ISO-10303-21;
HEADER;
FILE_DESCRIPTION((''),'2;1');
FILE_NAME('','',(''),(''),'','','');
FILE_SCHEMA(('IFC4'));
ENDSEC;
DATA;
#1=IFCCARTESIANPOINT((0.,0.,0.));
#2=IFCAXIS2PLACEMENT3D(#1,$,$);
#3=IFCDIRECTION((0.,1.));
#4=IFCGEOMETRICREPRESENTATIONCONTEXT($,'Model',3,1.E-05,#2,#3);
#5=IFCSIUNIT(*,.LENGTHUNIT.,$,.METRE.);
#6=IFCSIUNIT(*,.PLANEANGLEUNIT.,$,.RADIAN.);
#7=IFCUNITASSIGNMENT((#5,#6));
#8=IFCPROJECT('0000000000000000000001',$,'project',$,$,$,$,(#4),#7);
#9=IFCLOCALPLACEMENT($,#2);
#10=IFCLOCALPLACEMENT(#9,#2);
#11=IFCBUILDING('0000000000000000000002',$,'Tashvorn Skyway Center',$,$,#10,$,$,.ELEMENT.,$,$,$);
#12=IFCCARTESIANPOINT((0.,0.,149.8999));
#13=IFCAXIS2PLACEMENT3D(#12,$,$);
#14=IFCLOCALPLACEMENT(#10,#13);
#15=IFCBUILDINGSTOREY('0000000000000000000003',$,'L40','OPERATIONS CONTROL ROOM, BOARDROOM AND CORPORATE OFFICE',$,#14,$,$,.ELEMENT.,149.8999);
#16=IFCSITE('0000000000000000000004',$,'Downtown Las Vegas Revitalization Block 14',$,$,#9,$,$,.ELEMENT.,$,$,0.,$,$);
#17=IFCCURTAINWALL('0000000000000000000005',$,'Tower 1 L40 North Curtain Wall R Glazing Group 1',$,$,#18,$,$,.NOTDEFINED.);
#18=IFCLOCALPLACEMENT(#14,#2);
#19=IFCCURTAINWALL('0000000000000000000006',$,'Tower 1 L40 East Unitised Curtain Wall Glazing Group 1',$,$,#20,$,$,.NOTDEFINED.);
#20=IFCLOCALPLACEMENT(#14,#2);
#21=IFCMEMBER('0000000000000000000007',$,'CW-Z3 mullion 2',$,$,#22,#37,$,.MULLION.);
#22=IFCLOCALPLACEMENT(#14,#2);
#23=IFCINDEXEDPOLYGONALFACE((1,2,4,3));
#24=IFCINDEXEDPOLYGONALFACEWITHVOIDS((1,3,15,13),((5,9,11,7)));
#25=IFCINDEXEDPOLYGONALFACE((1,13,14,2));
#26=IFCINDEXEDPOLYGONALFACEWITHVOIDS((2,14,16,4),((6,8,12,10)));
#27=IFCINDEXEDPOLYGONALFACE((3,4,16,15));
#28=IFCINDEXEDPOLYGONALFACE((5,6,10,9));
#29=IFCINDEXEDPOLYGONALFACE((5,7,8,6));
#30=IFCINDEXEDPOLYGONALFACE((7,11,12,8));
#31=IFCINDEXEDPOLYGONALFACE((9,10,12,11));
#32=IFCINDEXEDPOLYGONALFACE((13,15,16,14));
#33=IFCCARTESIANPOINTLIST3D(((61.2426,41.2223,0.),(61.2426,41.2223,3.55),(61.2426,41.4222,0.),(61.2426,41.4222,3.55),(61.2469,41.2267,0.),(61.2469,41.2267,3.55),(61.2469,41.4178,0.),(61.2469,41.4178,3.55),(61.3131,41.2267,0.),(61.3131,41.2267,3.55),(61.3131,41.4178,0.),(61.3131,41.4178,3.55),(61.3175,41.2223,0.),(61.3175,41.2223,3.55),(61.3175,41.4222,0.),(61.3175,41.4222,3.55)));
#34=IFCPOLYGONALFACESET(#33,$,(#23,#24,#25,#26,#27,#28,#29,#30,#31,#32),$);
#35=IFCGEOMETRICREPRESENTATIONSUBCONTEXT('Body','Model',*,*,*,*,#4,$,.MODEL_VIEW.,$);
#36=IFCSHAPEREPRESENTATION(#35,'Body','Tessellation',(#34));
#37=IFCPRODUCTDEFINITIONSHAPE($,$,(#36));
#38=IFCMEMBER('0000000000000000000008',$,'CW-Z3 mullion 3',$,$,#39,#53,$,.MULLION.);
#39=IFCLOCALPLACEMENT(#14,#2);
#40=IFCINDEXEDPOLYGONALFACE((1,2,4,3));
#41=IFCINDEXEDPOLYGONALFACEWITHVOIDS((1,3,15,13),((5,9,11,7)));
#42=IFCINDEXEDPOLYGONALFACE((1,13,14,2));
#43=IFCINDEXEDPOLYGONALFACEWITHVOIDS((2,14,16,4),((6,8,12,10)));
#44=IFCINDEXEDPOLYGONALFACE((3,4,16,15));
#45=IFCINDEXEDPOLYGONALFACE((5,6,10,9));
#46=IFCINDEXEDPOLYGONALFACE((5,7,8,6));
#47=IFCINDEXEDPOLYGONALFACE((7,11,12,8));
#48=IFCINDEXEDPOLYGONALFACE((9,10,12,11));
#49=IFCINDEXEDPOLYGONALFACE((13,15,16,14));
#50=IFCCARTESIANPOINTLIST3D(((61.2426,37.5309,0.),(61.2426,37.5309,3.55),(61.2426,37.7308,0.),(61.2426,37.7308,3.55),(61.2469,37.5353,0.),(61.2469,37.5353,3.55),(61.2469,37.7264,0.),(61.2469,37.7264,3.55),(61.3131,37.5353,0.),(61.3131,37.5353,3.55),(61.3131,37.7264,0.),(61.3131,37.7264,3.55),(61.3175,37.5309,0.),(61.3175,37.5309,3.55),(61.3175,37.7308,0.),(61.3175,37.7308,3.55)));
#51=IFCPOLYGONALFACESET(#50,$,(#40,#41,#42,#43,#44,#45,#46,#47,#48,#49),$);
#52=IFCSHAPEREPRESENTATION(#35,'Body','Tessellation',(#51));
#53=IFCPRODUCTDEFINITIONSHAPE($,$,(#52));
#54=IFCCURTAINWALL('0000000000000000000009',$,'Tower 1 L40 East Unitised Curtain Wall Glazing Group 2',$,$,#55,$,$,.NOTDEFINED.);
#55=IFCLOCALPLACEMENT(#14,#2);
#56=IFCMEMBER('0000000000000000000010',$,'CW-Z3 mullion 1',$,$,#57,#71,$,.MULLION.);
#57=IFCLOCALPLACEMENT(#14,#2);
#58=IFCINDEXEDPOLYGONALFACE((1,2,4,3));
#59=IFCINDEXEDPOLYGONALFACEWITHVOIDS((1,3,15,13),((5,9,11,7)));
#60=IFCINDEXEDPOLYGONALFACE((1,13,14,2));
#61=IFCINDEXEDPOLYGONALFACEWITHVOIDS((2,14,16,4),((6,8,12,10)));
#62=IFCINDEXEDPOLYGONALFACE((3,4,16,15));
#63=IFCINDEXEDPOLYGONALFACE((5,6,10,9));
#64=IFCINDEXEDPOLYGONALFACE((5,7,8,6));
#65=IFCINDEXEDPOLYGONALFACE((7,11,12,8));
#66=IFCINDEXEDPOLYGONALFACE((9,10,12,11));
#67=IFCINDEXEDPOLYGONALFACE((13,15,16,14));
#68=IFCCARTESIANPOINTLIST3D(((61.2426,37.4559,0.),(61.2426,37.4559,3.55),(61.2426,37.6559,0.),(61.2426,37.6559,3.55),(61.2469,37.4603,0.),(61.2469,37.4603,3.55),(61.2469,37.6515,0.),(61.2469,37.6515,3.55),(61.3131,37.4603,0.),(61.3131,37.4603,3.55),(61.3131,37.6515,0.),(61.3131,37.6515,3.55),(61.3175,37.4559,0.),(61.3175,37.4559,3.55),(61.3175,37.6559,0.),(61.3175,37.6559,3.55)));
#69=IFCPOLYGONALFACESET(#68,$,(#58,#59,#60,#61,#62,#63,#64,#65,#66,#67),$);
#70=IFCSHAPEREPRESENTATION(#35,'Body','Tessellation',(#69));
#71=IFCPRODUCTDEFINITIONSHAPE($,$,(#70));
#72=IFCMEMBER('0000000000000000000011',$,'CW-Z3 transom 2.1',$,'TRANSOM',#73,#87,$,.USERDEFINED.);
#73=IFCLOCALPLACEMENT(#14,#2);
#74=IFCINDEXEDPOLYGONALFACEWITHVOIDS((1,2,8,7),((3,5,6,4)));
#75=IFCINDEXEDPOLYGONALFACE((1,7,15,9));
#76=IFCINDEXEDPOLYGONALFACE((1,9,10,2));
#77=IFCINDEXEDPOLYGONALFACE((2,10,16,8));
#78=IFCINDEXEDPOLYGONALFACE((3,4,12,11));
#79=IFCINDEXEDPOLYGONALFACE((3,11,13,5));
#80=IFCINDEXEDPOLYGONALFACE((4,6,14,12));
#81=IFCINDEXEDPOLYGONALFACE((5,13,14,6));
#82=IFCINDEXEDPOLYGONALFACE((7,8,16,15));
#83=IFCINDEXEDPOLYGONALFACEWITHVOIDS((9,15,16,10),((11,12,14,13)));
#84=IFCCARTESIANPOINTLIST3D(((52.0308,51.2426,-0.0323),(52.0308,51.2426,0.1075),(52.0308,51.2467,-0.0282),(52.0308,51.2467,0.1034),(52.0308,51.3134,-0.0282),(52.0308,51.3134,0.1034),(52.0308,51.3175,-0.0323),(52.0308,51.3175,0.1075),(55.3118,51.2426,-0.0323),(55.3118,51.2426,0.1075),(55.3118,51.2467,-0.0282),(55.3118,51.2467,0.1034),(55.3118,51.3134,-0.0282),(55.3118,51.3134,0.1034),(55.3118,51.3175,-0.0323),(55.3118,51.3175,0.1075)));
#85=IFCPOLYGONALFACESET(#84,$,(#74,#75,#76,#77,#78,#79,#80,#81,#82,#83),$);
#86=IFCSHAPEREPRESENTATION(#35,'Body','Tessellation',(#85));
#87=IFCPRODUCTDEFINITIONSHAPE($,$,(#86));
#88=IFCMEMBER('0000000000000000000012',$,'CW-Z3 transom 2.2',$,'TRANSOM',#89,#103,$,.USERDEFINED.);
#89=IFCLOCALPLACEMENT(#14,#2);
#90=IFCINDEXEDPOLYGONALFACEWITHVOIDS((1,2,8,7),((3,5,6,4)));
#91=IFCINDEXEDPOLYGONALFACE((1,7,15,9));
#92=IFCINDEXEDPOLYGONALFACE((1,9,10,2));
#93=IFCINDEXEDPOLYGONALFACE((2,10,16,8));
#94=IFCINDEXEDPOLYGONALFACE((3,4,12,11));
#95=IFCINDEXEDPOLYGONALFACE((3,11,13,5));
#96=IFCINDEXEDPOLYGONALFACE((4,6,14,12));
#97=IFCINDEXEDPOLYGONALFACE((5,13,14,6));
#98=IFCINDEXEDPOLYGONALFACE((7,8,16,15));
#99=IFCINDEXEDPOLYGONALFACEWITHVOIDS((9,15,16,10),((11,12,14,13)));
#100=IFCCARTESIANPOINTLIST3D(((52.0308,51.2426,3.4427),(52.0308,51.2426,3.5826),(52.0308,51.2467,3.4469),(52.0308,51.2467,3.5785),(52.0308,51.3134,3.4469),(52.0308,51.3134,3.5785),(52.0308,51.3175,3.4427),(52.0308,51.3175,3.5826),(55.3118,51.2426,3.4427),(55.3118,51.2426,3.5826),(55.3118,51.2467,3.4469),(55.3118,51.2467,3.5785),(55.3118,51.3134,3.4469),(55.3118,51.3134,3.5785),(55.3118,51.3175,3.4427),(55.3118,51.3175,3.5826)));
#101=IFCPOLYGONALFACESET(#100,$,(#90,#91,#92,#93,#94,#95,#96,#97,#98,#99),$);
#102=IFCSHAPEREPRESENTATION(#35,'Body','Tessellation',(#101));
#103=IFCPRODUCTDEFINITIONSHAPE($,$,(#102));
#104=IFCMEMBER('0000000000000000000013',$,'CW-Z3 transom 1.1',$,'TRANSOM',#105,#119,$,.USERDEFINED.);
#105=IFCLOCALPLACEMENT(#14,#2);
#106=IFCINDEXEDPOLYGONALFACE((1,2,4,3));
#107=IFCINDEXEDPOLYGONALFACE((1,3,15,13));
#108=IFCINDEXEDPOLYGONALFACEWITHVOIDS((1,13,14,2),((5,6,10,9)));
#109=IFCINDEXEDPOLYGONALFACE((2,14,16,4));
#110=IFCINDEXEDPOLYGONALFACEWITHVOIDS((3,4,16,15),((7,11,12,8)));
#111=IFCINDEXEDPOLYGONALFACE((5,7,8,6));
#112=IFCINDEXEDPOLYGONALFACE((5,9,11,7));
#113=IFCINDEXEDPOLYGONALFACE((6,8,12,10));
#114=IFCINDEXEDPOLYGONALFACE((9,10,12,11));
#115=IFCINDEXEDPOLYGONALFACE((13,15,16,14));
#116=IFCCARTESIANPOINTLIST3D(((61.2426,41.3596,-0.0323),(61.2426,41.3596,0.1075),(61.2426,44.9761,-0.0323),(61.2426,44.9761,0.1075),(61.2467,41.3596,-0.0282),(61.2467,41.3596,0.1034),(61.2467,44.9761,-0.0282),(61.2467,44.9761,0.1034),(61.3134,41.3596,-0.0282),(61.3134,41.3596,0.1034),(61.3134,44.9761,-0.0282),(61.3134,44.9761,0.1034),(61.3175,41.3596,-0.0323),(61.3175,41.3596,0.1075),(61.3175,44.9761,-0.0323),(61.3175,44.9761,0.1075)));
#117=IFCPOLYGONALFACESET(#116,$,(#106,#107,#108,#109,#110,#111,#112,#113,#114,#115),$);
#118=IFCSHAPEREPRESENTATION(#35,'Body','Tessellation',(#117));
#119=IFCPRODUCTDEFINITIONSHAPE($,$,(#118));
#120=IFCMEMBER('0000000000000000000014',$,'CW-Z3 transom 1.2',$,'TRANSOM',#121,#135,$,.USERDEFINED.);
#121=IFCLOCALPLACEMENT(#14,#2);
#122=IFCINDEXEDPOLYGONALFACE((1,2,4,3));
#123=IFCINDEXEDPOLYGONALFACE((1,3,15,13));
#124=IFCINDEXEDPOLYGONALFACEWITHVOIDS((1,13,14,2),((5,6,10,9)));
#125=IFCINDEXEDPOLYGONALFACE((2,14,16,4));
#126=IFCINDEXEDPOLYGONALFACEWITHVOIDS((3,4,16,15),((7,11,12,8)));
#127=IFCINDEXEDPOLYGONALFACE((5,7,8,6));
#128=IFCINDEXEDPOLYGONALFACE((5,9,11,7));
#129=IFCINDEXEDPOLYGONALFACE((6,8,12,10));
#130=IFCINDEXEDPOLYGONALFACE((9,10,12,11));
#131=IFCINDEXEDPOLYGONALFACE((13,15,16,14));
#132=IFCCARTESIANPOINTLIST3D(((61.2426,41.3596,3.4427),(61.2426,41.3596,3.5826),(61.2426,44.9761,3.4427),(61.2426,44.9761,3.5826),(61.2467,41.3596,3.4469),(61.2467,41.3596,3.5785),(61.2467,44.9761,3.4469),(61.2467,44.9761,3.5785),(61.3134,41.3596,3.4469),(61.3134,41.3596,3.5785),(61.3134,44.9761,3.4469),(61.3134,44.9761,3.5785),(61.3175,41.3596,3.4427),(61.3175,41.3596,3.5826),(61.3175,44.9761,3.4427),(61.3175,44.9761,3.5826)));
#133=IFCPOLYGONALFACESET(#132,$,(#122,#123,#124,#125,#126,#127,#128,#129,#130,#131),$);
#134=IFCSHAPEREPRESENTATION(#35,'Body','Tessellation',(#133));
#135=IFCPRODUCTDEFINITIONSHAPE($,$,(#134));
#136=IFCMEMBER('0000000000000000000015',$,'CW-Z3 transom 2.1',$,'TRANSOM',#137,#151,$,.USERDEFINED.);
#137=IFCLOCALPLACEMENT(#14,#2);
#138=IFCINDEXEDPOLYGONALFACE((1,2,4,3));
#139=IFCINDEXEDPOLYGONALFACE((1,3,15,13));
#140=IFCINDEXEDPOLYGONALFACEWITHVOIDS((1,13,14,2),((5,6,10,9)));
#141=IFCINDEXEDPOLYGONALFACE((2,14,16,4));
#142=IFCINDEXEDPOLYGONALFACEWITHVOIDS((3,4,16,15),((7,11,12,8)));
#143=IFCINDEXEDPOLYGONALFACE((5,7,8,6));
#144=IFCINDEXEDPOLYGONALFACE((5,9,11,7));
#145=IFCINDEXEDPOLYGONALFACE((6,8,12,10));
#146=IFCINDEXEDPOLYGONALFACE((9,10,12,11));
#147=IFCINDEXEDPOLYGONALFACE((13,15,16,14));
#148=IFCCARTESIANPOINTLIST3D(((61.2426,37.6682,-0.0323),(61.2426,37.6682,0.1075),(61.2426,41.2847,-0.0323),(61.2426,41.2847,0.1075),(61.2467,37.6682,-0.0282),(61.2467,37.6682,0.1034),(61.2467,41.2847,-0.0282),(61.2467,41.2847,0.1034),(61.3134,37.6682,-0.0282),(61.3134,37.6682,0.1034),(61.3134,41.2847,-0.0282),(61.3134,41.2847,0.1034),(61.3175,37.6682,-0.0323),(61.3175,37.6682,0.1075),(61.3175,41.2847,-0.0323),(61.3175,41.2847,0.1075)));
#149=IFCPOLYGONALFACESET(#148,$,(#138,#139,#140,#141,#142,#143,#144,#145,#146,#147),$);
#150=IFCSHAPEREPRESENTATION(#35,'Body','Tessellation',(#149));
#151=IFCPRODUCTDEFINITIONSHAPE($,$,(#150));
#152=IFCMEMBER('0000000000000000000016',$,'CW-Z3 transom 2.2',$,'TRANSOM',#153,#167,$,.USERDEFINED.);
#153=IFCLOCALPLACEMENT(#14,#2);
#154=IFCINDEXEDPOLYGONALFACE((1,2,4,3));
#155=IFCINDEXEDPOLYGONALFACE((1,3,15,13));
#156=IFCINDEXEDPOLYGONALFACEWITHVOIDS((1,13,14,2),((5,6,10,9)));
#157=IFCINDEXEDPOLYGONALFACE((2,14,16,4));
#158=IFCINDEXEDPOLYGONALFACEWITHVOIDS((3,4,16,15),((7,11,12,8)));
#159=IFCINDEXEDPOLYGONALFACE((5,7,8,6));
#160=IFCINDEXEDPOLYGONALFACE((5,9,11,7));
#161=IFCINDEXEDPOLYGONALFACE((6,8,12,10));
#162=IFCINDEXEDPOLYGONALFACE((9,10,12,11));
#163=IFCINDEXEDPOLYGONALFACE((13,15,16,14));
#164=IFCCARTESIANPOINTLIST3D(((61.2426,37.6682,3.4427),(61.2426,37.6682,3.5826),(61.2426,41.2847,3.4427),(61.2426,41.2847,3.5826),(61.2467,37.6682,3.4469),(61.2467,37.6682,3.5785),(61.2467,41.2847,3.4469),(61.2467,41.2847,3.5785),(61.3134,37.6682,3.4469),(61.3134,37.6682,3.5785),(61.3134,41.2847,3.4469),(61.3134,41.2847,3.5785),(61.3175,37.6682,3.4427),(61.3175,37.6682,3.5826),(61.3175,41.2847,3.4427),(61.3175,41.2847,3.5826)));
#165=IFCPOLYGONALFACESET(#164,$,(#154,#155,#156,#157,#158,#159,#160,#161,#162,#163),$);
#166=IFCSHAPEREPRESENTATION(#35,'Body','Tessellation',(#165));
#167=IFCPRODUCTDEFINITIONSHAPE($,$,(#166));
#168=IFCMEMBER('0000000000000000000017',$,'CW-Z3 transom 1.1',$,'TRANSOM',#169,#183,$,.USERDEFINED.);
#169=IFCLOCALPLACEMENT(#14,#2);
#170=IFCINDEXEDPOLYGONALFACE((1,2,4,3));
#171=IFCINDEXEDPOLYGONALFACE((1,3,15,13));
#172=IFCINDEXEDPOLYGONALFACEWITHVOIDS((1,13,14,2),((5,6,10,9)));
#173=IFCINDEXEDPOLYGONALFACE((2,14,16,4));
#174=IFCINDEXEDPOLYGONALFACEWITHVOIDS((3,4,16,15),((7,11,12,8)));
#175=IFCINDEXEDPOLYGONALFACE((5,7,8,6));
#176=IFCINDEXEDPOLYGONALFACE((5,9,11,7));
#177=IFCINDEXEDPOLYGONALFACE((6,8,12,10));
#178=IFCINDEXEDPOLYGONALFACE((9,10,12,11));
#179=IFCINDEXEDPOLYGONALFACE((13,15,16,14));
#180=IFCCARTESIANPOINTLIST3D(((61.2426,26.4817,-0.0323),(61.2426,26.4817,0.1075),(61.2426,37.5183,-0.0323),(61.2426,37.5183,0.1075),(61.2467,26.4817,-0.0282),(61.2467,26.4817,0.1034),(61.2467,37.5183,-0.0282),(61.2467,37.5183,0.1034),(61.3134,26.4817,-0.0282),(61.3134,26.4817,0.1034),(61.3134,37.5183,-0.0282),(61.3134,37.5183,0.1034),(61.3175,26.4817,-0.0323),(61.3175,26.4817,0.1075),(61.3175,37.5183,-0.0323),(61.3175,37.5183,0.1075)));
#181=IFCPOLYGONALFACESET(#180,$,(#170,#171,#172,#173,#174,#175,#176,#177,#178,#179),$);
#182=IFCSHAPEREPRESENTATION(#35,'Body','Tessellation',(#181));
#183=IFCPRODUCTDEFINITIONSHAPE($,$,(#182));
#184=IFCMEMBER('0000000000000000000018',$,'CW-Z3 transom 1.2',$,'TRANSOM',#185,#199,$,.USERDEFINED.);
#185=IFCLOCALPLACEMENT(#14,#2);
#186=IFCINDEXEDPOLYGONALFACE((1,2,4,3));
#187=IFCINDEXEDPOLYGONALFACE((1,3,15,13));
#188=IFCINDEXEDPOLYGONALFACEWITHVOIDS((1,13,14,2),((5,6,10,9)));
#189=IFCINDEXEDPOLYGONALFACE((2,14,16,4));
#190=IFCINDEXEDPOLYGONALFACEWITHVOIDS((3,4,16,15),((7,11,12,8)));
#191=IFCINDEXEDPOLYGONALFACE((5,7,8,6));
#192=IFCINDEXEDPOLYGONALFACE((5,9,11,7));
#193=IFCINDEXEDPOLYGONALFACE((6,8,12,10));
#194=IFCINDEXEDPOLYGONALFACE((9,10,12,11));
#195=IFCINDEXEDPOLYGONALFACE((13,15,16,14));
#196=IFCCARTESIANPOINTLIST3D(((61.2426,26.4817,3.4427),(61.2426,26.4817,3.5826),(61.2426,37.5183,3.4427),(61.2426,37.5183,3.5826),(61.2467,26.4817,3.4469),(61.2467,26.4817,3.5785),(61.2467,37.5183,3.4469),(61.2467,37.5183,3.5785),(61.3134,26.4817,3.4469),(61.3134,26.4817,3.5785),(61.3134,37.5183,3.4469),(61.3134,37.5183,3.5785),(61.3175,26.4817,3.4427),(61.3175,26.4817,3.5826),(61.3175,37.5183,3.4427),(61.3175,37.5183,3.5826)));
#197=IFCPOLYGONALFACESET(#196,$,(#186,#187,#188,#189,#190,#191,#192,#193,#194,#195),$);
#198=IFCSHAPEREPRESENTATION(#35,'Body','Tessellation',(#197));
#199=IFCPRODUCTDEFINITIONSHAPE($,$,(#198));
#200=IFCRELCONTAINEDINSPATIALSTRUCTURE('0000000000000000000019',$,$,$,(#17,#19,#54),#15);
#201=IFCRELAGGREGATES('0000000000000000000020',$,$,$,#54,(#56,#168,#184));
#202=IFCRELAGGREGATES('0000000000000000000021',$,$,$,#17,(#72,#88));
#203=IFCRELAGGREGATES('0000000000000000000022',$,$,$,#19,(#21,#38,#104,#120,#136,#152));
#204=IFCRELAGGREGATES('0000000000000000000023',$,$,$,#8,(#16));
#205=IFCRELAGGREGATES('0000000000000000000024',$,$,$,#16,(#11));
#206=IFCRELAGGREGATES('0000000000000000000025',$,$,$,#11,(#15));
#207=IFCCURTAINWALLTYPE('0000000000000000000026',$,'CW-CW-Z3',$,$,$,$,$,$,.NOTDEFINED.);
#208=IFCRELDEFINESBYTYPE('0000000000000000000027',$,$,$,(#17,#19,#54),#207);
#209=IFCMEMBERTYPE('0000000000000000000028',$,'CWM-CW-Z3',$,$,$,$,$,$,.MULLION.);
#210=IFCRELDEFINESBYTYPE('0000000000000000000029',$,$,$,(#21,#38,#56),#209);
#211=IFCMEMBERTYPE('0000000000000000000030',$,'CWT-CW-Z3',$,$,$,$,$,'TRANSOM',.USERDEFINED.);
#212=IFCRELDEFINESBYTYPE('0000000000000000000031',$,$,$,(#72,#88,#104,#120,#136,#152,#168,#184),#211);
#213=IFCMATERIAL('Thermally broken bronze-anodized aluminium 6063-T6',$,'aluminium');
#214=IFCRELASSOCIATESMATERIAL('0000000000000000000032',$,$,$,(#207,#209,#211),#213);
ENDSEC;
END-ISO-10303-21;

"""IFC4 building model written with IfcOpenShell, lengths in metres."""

from ifc_helpers import new_model, si_unit, direction, frame, origin, origin_2d, place, context, subcontext, project, spatial, hollow_rectangle, extrude, material, material_profile, profile_set, type_object, element, aggregate, save


model = new_model("IFC4")

# Units and contexts
model_context = context("Model", 3, precision=1e-05, world=origin(), true_north=direction((0.0, 1.0)))
body_context = subcontext(model_context, "Body", "Model", "MODEL_VIEW")
ifc_project = project(units=[si_unit("LENGTHUNIT", "METRE"), si_unit("PLANEANGLEUNIT", "RADIAN")], contexts=[model_context])

# Site, building, storey
site_placement = place(None, origin())
site = spatial("IfcSite", under=ifc_project, at=site_placement, Name="Downtown Las Vegas Revitalization Block 14", CompositionType="ELEMENT", RefElevation=0.0)
building_placement = place(site_placement, origin())
building = spatial("IfcBuilding", under=site, at=building_placement, Name="Tashvorn Skyway Center", CompositionType="ELEMENT")
storey_placement = place(building_placement, frame((0.0, 0.0, 149.8999)))
storey = spatial("IfcBuildingStorey", under=building, at=storey_placement, Name="L40", Description="OPERATIONS CONTROL ROOM, BOARDROOM AND CORPORATE OFFICE", CompositionType="ELEMENT", Elevation=149.8999)

# Curtain walls, members
ifc_material_1 = material(Name="Thermally broken bronze-anodized aluminium 6063-T6", Category="aluminium")
curtain_wall_type = type_object("IfcCurtainWallType", Name="CW-CW-Z3", PredefinedType="NOTDEFINED", material=ifc_material_1)
curtain_wall_1_placement = place(storey_placement, origin())
curtain_wall_1 = element("IfcCurtainWall", 1, at=curtain_wall_1_placement, inside=storey, type_object=curtain_wall_type, Name="Tower 1 L40 North Curtain Wall R Glazing Group 1", PredefinedType="NOTDEFINED")
ifc_material_profile_1 = material_profile(ifc_material_1, hollow_rectangle(XDim=0.075, YDim=0.2, WallThickness=0.0044, at=origin_2d()), Name="ALU-MULL-75x200")
ifc_profile_set_1 = profile_set([ifc_material_profile_1], Name="Thermally broken bronze-anodized aluminium 6063-T6")
member_type_1 = type_object("IfcMemberType", Name="CWM-CW-Z3", PredefinedType="MULLION", material=ifc_profile_set_1)
curtain_wall_2_placement = place(storey_placement, origin())
curtain_wall_2 = element("IfcCurtainWall", 2, at=curtain_wall_2_placement, inside=storey, type_object=curtain_wall_type, Name="Tower 1 L40 East Unitised Curtain Wall Glazing Group 1", PredefinedType="NOTDEFINED")
member_1_placement = place(storey_placement, frame((61.28, 41.3223, 0.0), z_axis=(0.0, 0.0, 1.0), x_axis=(1.0, 0.0, 0.0)))
member_1 = element("IfcMember", 3, at=member_1_placement, type_object=member_type_1, Name="CW-Z3 mullion 2", PredefinedType="MULLION", context=body_context, shape_type="SweptSolid", body=[
    extrude(hollow_rectangle(XDim=0.075, YDim=0.2, WallThickness=0.0044, at=origin_2d()), origin(), (0.0, 0.0, 1.0), 3.55),
])
member_2_placement = place(storey_placement, frame((61.28, 37.6309, 0.0), z_axis=(0.0, 0.0, 1.0), x_axis=(1.0, 0.0, 0.0)))
member_2 = element("IfcMember", 4, at=member_2_placement, type_object=member_type_1, Name="CW-Z3 mullion 3", PredefinedType="MULLION", context=body_context, shape_type="SweptSolid", body=[
    extrude(hollow_rectangle(XDim=0.075, YDim=0.2, WallThickness=0.0044, at=origin_2d()), origin(), (0.0, 0.0, 1.0), 3.55),
])

# Curtain wall, member
curtain_wall_3_placement = place(storey_placement, origin())
curtain_wall_3 = element("IfcCurtainWall", 5, at=curtain_wall_3_placement, inside=storey, type_object=curtain_wall_type, Name="Tower 1 L40 East Unitised Curtain Wall Glazing Group 2", PredefinedType="NOTDEFINED")
member_3_placement = place(storey_placement, frame((61.28, 37.5559, 0.0), z_axis=(0.0, 0.0, 1.0), x_axis=(1.0, 0.0, 0.0)))
member_3 = element("IfcMember", 6, at=member_3_placement, type_object=member_type_1, Name="CW-Z3 mullion 1", PredefinedType="MULLION", context=body_context, shape_type="SweptSolid", body=[
    extrude(hollow_rectangle(XDim=0.075, YDim=0.2, WallThickness=0.0044, at=origin_2d()), origin(), (0.0, 0.0, 1.0), 3.55),
])

# Members
ifc_material_profile_2 = material_profile(ifc_material_1, hollow_rectangle(XDim=0.075, YDim=0.1399, WallThickness=0.0042, at=origin_2d()), Name="ALU-TRAN-75x140")
ifc_profile_set_2 = profile_set([ifc_material_profile_2], Name="Thermally broken bronze-anodized aluminium 6063-T6")
member_type_2 = type_object("IfcMemberType", Name="CWT-CW-Z3", ElementType="TRANSOM", PredefinedType="USERDEFINED", material=ifc_profile_set_2)
member_4_placement = place(storey_placement, frame((52.0308, 51.28, 0.0376), z_axis=(1.0, 0.0, 0.0), x_axis=(0.0, 1.0, 0.0)))
member_4 = element("IfcMember", 7, at=member_4_placement, type_object=member_type_2, Name="CW-Z3 transom 2.1", ObjectType="TRANSOM", PredefinedType="USERDEFINED", context=body_context, shape_type="SweptSolid", body=[
    extrude(hollow_rectangle(XDim=0.075, YDim=0.1399, WallThickness=0.0042, at=origin_2d()), origin(), (0.0, 0.0, 1.0), 3.281),
])
member_5_placement = place(storey_placement, frame((52.0308, 51.28, 3.5127), z_axis=(1.0, 0.0, 0.0), x_axis=(0.0, 1.0, 0.0)))
member_5 = element("IfcMember", 8, at=member_5_placement, type_object=member_type_2, Name="CW-Z3 transom 2.2", ObjectType="TRANSOM", PredefinedType="USERDEFINED", context=body_context, shape_type="SweptSolid", body=[
    extrude(hollow_rectangle(XDim=0.075, YDim=0.1399, WallThickness=0.0042, at=origin_2d()), origin(), (0.0, 0.0, 1.0), 3.281),
])
member_6_placement = place(storey_placement, frame((61.28, 44.9761, 0.0376), z_axis=(0.0, -1.0, 0.0), x_axis=(1.0, 0.0, 0.0)))
member_6 = element("IfcMember", 9, at=member_6_placement, type_object=member_type_2, Name="CW-Z3 transom 1.1", ObjectType="TRANSOM", PredefinedType="USERDEFINED", context=body_context, shape_type="SweptSolid", body=[
    extrude(hollow_rectangle(XDim=0.075, YDim=0.1399, WallThickness=0.0042, at=origin_2d()), origin(), (0.0, 0.0, 1.0), 3.6165),
])
member_7_placement = place(storey_placement, frame((61.28, 44.9761, 3.5127), z_axis=(0.0, -1.0, 0.0), x_axis=(1.0, 0.0, 0.0)))
member_7 = element("IfcMember", 10, at=member_7_placement, type_object=member_type_2, Name="CW-Z3 transom 1.2", ObjectType="TRANSOM", PredefinedType="USERDEFINED", context=body_context, shape_type="SweptSolid", body=[
    extrude(hollow_rectangle(XDim=0.075, YDim=0.1399, WallThickness=0.0042, at=origin_2d()), origin(), (0.0, 0.0, 1.0), 3.6165),
])
member_8_placement = place(storey_placement, frame((61.28, 41.2847, 0.0376), z_axis=(0.0, -1.0, 0.0), x_axis=(1.0, 0.0, 0.0)))
member_8 = element("IfcMember", 11, at=member_8_placement, type_object=member_type_2, Name="CW-Z3 transom 2.1", ObjectType="TRANSOM", PredefinedType="USERDEFINED", context=body_context, shape_type="SweptSolid", body=[
    extrude(hollow_rectangle(XDim=0.075, YDim=0.1399, WallThickness=0.0042, at=origin_2d()), origin(), (0.0, 0.0, 1.0), 3.6165),
])
member_9_placement = place(storey_placement, frame((61.28, 41.2847, 3.5127), z_axis=(0.0, -1.0, 0.0), x_axis=(1.0, 0.0, 0.0)))
member_9 = element("IfcMember", 12, at=member_9_placement, type_object=member_type_2, Name="CW-Z3 transom 2.2", ObjectType="TRANSOM", PredefinedType="USERDEFINED", context=body_context, shape_type="SweptSolid", body=[
    extrude(hollow_rectangle(XDim=0.075, YDim=0.1399, WallThickness=0.0042, at=origin_2d()), origin(), (0.0, 0.0, 1.0), 3.6165),
])
member_10_placement = place(storey_placement, frame((61.28, 37.5183, 0.0376), z_axis=(0.0, -1.0, 0.0), x_axis=(1.0, 0.0, 0.0)))
member_10 = element("IfcMember", 13, at=member_10_placement, type_object=member_type_2, Name="CW-Z3 transom 1.1", ObjectType="TRANSOM", PredefinedType="USERDEFINED", context=body_context, shape_type="SweptSolid", body=[
    extrude(hollow_rectangle(XDim=0.075, YDim=0.1399, WallThickness=0.0042, at=origin_2d()), origin(), (0.0, 0.0, 1.0), 11.0366),
])
member_11_placement = place(storey_placement, frame((61.28, 37.5183, 3.5127), z_axis=(0.0, -1.0, 0.0), x_axis=(1.0, 0.0, 0.0)))
member_11 = element("IfcMember", 14, at=member_11_placement, type_object=member_type_2, Name="CW-Z3 transom 1.2", ObjectType="TRANSOM", PredefinedType="USERDEFINED", context=body_context, shape_type="SweptSolid", body=[
    extrude(hollow_rectangle(XDim=0.075, YDim=0.1399, WallThickness=0.0042, at=origin_2d()), origin(), (0.0, 0.0, 1.0), 11.0366),
])
aggregate(curtain_wall_3, [member_3, member_10, member_11])

aggregate(curtain_wall_1, [member_4, member_5])
aggregate(curtain_wall_2, [member_1, member_2, member_6, member_7, member_8, member_9])

save(model, "model.ifc")
